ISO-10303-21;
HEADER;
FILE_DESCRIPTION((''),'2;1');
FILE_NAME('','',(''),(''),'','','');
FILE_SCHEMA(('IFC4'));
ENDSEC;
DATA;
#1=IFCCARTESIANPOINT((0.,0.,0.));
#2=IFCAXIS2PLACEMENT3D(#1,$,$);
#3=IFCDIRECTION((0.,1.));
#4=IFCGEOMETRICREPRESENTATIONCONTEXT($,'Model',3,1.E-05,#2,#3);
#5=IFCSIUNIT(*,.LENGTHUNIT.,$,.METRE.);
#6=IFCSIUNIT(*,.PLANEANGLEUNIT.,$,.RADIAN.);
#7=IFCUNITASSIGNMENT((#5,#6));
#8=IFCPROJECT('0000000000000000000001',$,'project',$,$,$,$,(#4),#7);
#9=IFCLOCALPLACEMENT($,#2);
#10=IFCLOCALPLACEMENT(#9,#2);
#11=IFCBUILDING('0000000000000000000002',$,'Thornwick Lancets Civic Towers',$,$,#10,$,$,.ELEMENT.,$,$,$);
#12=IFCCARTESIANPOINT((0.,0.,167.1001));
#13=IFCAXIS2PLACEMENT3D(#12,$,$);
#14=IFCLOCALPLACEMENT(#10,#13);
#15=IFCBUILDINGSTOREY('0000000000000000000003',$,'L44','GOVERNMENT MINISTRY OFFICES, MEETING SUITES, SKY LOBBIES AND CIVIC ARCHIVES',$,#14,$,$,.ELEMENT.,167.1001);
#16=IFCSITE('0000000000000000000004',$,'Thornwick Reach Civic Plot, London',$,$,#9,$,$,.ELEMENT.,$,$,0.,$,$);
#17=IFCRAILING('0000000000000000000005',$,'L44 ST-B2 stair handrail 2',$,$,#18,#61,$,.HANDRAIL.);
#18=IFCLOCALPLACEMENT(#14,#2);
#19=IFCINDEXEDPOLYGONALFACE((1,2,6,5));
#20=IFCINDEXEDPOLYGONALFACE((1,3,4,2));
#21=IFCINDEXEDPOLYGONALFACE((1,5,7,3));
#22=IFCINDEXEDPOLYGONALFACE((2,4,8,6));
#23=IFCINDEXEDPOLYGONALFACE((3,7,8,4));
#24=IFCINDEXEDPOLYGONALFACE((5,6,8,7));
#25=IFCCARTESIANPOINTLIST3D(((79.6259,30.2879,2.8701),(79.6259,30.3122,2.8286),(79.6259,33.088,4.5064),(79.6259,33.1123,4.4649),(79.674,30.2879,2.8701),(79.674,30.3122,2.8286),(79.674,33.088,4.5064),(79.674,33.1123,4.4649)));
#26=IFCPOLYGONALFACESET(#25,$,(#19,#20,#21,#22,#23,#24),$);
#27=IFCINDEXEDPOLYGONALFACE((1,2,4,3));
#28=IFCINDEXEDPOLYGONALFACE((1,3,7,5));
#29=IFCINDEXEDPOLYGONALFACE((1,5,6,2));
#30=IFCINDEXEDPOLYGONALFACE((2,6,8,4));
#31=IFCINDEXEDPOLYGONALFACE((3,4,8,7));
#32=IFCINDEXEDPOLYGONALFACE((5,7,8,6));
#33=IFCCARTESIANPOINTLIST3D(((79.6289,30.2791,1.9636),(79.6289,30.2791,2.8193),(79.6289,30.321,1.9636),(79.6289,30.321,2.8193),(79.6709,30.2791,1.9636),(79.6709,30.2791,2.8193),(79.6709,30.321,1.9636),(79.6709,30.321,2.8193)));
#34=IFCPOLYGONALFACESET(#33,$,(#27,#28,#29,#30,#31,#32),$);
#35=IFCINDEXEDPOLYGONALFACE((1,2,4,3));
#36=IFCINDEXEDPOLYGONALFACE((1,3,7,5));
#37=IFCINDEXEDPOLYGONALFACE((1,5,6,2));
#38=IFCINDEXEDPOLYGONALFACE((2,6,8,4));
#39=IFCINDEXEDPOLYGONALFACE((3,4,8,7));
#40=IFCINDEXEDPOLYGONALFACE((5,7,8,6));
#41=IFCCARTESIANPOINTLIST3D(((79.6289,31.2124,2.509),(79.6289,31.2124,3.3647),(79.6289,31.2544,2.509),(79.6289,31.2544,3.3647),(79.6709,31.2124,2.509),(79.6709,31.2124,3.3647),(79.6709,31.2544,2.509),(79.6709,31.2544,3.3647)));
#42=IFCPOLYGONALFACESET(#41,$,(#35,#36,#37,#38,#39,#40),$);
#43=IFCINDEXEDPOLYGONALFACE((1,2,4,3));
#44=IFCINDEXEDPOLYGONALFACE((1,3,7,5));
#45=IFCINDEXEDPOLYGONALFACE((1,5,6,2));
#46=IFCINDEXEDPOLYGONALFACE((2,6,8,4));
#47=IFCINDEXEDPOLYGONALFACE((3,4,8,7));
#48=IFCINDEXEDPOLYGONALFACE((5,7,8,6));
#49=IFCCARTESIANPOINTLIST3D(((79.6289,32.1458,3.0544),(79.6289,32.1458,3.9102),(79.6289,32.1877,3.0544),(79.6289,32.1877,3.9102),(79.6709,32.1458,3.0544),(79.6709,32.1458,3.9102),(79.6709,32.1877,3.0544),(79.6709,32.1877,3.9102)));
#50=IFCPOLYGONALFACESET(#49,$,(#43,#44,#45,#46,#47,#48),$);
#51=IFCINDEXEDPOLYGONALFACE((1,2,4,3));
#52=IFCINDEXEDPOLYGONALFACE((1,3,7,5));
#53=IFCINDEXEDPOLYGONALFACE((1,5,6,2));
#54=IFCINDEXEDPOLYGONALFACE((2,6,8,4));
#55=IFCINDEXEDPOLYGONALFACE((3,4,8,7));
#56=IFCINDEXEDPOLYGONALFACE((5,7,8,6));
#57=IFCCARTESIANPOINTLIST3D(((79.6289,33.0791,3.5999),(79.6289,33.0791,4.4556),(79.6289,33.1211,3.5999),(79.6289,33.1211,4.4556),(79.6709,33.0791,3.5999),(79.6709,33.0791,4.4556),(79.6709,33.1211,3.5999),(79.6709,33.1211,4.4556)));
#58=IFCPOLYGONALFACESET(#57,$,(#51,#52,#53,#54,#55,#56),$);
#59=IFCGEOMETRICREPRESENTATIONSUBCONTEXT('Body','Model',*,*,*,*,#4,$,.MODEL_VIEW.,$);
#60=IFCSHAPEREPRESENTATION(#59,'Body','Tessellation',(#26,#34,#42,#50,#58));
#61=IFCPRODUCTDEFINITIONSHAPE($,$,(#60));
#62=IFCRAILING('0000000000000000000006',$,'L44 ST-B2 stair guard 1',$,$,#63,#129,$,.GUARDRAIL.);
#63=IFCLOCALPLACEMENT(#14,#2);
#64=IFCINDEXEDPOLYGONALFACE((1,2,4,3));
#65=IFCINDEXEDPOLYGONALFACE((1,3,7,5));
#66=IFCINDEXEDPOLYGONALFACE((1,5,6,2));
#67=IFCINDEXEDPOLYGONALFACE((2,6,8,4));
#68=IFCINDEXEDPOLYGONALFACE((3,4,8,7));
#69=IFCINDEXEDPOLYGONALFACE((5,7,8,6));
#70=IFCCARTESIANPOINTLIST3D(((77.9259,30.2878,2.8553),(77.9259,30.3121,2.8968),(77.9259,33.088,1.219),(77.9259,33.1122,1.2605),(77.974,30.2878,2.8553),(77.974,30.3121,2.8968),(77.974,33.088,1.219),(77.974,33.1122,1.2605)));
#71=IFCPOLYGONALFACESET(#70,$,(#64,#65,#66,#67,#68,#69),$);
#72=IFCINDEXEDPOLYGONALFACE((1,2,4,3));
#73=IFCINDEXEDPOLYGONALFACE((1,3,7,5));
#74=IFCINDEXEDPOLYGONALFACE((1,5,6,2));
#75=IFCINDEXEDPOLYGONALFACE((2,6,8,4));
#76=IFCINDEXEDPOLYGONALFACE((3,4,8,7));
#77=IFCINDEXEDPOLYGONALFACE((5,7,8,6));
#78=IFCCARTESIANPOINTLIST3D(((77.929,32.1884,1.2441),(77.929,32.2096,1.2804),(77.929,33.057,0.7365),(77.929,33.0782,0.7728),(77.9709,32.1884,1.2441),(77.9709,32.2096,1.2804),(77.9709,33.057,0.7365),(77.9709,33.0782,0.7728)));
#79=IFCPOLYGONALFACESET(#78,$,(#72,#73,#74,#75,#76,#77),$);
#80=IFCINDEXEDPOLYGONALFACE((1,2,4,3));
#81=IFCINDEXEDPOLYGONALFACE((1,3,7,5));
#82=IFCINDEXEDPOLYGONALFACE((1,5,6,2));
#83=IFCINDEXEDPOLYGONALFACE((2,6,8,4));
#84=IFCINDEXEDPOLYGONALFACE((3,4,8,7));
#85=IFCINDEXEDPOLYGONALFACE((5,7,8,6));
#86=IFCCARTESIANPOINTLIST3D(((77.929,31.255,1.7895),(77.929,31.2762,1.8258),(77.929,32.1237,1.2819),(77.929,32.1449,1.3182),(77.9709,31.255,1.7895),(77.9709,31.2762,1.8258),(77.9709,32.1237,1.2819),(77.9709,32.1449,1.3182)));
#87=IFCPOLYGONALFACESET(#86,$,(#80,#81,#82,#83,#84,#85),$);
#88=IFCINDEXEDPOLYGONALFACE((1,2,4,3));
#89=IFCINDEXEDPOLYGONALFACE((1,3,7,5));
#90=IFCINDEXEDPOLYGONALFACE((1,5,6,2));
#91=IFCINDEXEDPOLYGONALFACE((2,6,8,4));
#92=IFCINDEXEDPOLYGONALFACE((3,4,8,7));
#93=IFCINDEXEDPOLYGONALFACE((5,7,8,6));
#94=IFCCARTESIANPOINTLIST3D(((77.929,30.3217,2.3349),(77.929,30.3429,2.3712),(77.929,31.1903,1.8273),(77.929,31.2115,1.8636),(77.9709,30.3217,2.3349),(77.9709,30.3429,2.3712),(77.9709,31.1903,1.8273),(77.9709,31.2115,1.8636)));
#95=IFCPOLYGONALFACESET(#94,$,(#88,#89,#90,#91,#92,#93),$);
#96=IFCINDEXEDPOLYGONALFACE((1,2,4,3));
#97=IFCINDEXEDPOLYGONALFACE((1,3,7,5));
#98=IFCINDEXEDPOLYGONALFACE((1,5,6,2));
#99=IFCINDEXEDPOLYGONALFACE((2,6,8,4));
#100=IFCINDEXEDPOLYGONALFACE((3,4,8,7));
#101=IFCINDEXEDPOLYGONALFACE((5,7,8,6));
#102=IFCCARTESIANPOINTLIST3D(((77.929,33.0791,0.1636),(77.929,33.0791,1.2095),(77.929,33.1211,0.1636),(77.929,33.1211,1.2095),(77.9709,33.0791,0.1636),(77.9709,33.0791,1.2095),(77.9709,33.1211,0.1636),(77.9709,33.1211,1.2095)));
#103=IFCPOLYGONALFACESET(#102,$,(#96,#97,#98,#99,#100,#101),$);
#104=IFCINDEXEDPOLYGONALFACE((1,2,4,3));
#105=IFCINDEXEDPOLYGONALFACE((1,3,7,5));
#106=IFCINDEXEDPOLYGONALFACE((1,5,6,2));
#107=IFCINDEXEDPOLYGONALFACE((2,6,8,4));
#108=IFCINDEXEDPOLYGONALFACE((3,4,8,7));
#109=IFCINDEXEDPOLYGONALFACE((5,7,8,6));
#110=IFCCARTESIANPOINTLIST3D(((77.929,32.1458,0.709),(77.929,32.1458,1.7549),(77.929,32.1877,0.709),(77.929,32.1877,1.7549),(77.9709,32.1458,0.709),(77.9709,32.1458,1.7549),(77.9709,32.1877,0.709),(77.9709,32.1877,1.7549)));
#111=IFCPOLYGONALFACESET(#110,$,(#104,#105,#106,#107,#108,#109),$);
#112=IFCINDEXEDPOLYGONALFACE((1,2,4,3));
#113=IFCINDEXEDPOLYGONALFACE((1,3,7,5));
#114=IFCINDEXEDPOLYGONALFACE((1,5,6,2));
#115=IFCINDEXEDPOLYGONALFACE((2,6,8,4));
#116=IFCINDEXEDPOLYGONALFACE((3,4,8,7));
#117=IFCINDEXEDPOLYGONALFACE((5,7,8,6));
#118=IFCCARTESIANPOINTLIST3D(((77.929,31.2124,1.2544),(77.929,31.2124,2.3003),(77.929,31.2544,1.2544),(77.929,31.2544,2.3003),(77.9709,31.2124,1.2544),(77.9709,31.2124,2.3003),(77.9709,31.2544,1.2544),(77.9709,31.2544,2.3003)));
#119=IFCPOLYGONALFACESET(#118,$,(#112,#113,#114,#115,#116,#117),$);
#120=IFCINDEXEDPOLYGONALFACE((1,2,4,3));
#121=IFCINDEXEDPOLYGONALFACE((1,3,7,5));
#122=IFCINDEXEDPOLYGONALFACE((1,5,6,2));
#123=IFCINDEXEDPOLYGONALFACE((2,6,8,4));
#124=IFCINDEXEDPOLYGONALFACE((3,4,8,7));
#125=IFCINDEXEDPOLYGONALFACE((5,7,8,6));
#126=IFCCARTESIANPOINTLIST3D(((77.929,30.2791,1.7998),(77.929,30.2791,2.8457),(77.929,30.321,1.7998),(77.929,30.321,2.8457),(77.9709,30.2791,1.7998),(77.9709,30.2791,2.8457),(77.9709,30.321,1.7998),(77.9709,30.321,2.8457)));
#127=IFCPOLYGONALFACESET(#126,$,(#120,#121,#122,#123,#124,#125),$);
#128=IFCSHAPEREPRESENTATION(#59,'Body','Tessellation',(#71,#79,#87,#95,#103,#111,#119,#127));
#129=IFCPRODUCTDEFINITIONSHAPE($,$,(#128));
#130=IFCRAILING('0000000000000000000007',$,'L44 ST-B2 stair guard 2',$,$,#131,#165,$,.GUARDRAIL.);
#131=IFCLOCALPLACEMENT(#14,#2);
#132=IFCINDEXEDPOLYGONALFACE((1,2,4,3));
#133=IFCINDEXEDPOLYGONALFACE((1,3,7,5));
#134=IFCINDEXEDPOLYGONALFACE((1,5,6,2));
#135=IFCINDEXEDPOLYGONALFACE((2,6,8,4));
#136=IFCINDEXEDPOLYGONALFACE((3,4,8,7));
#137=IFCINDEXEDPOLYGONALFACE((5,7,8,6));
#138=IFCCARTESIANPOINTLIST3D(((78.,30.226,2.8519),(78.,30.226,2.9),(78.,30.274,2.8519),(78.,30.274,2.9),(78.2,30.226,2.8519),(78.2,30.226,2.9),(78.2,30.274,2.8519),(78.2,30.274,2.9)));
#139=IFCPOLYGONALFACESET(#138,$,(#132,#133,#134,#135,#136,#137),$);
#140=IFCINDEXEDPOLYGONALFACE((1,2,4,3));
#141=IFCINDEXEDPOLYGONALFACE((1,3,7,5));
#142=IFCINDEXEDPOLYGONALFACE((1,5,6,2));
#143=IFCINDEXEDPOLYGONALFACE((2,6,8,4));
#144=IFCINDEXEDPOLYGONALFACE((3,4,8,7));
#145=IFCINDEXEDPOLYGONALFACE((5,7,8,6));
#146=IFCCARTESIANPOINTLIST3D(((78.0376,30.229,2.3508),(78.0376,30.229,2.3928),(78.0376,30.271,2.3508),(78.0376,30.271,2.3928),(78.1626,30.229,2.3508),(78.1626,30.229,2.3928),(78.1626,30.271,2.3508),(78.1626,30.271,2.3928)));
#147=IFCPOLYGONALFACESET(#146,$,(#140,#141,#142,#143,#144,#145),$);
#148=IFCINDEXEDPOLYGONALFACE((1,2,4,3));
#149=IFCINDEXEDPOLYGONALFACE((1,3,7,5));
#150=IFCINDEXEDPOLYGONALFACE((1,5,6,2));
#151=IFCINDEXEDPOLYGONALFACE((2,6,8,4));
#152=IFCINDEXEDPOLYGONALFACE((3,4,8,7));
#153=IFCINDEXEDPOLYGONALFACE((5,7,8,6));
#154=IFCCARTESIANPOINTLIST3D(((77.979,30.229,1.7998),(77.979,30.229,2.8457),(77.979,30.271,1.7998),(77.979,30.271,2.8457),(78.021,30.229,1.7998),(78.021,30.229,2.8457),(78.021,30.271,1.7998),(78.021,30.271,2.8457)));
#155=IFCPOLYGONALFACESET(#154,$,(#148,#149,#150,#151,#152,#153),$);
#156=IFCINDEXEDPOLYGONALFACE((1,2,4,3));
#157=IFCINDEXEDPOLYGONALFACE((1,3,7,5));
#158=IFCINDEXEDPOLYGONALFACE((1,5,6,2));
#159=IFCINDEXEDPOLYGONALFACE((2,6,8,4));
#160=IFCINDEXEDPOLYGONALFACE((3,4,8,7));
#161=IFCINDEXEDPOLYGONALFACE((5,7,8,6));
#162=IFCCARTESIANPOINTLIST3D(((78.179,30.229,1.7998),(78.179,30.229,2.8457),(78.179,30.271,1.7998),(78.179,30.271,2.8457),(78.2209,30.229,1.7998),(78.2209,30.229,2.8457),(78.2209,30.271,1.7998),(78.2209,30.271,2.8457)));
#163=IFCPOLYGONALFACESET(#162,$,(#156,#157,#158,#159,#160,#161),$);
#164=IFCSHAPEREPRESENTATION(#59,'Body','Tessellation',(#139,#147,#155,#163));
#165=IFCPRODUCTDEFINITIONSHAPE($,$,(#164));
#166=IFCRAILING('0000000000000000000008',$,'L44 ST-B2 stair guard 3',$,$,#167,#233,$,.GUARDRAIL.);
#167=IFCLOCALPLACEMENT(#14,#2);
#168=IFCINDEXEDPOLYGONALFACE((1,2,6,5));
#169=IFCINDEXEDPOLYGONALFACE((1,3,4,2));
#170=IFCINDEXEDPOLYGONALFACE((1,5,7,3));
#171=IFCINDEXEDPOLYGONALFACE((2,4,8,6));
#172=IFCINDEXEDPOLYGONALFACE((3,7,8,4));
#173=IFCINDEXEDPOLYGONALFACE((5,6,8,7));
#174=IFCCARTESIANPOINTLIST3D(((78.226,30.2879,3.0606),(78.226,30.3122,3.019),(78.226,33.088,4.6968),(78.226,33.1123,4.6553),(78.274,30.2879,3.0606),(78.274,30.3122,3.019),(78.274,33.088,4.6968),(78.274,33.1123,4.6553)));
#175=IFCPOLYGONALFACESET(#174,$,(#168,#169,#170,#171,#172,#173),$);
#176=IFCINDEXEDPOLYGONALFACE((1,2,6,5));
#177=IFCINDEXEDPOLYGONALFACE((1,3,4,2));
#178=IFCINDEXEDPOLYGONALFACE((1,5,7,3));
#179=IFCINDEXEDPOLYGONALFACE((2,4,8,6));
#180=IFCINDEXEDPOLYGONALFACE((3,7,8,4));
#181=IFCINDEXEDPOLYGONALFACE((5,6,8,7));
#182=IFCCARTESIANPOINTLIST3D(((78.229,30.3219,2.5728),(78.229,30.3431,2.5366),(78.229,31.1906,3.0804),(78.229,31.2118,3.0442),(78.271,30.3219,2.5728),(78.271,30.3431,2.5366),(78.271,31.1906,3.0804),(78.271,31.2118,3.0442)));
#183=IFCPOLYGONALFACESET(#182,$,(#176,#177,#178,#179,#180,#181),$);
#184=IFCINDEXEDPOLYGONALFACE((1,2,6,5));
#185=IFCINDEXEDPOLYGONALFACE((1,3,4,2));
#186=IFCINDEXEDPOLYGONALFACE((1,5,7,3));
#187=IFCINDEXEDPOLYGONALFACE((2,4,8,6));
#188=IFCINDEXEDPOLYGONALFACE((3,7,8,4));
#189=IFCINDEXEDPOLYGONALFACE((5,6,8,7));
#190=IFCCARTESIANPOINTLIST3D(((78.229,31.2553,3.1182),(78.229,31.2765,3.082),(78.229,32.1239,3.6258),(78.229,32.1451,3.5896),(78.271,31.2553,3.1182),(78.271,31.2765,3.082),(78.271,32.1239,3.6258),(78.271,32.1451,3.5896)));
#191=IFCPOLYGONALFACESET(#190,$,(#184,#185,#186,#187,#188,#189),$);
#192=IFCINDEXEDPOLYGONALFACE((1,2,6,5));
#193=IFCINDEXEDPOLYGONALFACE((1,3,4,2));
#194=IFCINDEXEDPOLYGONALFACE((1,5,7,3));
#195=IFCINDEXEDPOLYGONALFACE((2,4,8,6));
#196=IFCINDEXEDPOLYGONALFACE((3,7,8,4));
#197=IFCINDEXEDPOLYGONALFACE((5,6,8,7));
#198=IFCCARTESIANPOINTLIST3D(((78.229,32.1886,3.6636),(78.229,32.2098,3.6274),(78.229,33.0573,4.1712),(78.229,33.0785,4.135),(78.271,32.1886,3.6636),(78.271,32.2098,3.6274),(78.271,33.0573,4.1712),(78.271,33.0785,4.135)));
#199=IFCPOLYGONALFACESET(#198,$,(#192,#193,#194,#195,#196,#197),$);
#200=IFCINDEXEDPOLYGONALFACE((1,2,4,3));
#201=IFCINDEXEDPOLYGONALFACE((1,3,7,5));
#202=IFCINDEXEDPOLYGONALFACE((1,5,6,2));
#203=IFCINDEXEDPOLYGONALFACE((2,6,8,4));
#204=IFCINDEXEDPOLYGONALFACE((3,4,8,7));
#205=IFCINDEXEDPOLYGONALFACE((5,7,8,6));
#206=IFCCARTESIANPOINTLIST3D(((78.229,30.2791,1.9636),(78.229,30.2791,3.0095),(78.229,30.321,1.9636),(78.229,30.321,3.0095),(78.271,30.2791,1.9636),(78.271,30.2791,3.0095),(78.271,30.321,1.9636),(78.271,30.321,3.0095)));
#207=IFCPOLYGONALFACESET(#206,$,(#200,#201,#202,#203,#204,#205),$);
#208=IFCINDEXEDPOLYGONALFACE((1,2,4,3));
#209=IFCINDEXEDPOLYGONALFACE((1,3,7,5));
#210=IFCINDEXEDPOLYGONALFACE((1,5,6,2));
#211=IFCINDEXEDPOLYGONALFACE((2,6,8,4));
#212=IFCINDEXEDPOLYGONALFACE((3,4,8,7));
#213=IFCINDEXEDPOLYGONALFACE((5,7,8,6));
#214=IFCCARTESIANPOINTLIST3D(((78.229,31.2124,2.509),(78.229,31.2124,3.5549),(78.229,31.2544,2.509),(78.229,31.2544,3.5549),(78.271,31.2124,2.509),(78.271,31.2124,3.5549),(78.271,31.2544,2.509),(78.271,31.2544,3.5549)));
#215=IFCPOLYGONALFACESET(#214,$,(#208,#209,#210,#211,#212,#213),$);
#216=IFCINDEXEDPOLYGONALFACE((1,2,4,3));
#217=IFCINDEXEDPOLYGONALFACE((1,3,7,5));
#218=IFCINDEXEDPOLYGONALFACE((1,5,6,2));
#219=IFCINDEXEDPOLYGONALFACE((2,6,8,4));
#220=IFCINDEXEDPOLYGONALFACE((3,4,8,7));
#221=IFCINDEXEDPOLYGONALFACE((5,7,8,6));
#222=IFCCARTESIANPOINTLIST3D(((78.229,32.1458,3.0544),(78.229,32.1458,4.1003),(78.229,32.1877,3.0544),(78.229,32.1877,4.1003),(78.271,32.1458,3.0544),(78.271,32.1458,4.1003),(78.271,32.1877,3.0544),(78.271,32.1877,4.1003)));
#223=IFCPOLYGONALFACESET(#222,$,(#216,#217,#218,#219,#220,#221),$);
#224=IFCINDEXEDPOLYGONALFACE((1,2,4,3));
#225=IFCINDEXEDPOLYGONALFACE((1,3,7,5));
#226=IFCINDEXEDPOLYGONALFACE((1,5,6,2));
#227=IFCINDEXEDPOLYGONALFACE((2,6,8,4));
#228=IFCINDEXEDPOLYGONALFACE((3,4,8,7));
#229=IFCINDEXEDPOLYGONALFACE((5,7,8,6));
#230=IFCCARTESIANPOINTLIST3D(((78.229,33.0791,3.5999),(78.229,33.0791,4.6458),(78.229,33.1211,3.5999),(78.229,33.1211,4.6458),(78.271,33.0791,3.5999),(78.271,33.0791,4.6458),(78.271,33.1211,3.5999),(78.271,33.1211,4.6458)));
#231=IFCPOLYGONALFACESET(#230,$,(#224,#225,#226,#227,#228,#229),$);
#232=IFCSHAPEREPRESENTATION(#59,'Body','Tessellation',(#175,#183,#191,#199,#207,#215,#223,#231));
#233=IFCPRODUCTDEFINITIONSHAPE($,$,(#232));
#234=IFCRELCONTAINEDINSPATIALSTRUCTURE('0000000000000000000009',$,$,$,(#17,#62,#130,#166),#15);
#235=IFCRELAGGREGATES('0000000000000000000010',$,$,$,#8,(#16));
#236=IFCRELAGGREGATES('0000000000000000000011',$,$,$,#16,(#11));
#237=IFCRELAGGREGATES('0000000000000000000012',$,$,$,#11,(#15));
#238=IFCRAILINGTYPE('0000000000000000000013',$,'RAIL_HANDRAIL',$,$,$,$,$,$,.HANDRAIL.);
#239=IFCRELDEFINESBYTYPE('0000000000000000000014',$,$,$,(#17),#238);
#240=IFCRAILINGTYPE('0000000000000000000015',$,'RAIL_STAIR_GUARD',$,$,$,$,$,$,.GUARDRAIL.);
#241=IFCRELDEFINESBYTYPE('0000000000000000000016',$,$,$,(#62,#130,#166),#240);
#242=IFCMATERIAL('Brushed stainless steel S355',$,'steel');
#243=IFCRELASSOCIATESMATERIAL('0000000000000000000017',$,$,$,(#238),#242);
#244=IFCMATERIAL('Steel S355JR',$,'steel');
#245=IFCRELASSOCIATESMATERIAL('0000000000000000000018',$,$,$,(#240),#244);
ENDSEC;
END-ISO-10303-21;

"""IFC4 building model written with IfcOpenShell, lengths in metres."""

from ifc_helpers import new_model, si_unit, direction, frame, origin, origin_2d, place, context, subcontext, project, spatial, rectangle, extrude, material, type_object, element, save


model = new_model("IFC4")

# Units and contexts
model_context = context("Model", 3, precision=1e-05, world=origin(), true_north=direction((0.0, 1.0)))
body_context = subcontext(model_context, "Body", "Model", "MODEL_VIEW")
ifc_project = project(units=[si_unit("LENGTHUNIT", "METRE"), si_unit("PLANEANGLEUNIT", "RADIAN")], contexts=[model_context])

# Site, building, storey
site_placement = place(None, origin())
site = spatial("IfcSite", under=ifc_project, at=site_placement, Name="Thornwick Reach Civic Plot, London", CompositionType="ELEMENT", RefElevation=0.0)
building_placement = place(site_placement, origin())
building = spatial("IfcBuilding", under=site, at=building_placement, Name="Thornwick Lancets Civic Towers", CompositionType="ELEMENT")
storey_placement = place(building_placement, frame((0.0, 0.0, 167.1001)))
storey = spatial("IfcBuildingStorey", under=building, at=storey_placement, Name="L44", Description="GOVERNMENT MINISTRY OFFICES, MEETING SUITES, SKY LOBBIES AND CIVIC ARCHIVES", CompositionType="ELEMENT", Elevation=167.1001)

# Shared definitions
ifc_material_1 = material(Name="Steel S355JR", Category="steel")

# Railings
ifc_material_2 = material(Name="Brushed stainless steel S355", Category="steel")
railing_type_1 = type_object("IfcRailingType", Name="RAIL_HANDRAIL", PredefinedType="HANDRAIL", material=ifc_material_2)
railing_1_placement = place(storey_placement, frame((79.6499, 30.3, 1.9636)))
element("IfcRailing", 1, at=railing_1_placement, inside=storey, type_object=railing_type_1, Name="L44 ST-B2 stair handrail 2", PredefinedType="HANDRAIL", context=body_context, shape_type="SweptSolid", body=[
    extrude(rectangle(XDim=0.0481, YDim=0.0481, at=origin_2d()), frame((0.0, 0.0, 0.8857), z_axis=(0.0, 0.863394, 0.504531), x_axis=(-1.0, 0.0, 0.0)), (0.0, 0.0, 1.0), 3.2432),
    extrude(rectangle(XDim=0.042, YDim=0.042, at=origin_2d()), origin(), (0.0, 0.0, 1.0), 0.8557),
    extrude(rectangle(XDim=0.042, YDim=0.042, at=origin_2d()), frame((0.0, 0.9333, 0.5454)), (0.0, 0.0, 1.0), 0.8557),
    extrude(rectangle(XDim=0.042, YDim=0.042, at=origin_2d()), frame((0.0, 1.8667, 1.0908)), (0.0, 0.0, 1.0), 0.8557),
    extrude(rectangle(XDim=0.042, YDim=0.042, at=origin_2d()), frame((0.0, 2.8, 1.6362)), (0.0, 0.0, 1.0), 0.8557),
])
railing_type_2 = type_object("IfcRailingType", Name="RAIL_STAIR_GUARD", PredefinedType="GUARDRAIL", material=ifc_material_1)
railing_2_placement = place(storey_placement, frame((77.95, 33.1001, 0.1636)))
element("IfcRailing", 2, at=railing_2_placement, inside=storey, type_object=railing_type_2, Name="L44 ST-B2 stair guard 1", PredefinedType="GUARDRAIL", context=body_context, shape_type="SweptSolid", body=[
    extrude(rectangle(XDim=0.0481, YDim=0.0481, at=origin_2d()), frame((0.0, 0.0, 1.0762), z_axis=(0.0, -0.863394, 0.504531), x_axis=(1.0, 0.0, 0.0)), (0.0, 0.0, 1.0), 3.2432),
    extrude(rectangle(XDim=0.042, YDim=0.042, at=origin_2d()), frame((0.0, -0.0325, 0.5911), z_axis=(0.0, -0.863394, 0.504531), x_axis=(1.0, 0.0, 0.0)), (0.0, 0.0, 1.0), 1.0061),
    extrude(rectangle(XDim=0.042, YDim=0.042, at=origin_2d()), frame((0.0, -0.9658, 1.1365), z_axis=(0.0, -0.863394, 0.504531), x_axis=(1.0, 0.0, 0.0)), (0.0, 0.0, 1.0), 1.0061),
    extrude(rectangle(XDim=0.042, YDim=0.042, at=origin_2d()), frame((0.0, -1.8992, 1.6819), z_axis=(0.0, -0.863394, 0.504531), x_axis=(1.0, 0.0, 0.0)), (0.0, 0.0, 1.0), 1.0061),
    extrude(rectangle(XDim=0.042, YDim=0.042, at=origin_2d()), origin(), (0.0, 0.0, 1.0), 1.0459),
    extrude(rectangle(XDim=0.042, YDim=0.042, at=origin_2d()), frame((0.0, -0.9333, 0.5454)), (0.0, 0.0, 1.0), 1.0459),
    extrude(rectangle(XDim=0.042, YDim=0.042, at=origin_2d()), frame((0.0, -1.8667, 1.0908)), (0.0, 0.0, 1.0), 1.0459),
    extrude(rectangle(XDim=0.042, YDim=0.042, at=origin_2d()), frame((0.0, -2.8, 1.6362)), (0.0, 0.0, 1.0), 1.0459),
])
railing_3_placement = place(storey_placement, frame((78.0, 30.25, 1.7998)))
element("IfcRailing", 3, at=railing_3_placement, inside=storey, type_object=railing_type_2, Name="L44 ST-B2 stair guard 2", PredefinedType="GUARDRAIL", context=body_context, shape_type="SweptSolid", body=[
    extrude(rectangle(XDim=0.0481, YDim=0.0481, at=origin_2d()), frame((0.0, 0.0, 1.0762), z_axis=(1.0, 0.0, 0.0), x_axis=(0.0, 1.0, 0.0)), (0.0, 0.0, 1.0), 0.2),
    extrude(rectangle(XDim=0.042, YDim=0.042, at=origin_2d()), frame((0.0376, 0.0, 0.572), z_axis=(1.0, 0.0, 0.0), x_axis=(0.0, 1.0, 0.0)), (0.0, 0.0, 1.0), 0.125),
    extrude(rectangle(XDim=0.042, YDim=0.042, at=origin_2d()), origin(), (0.0, 0.0, 1.0), 1.0459),
    extrude(rectangle(XDim=0.042, YDim=0.042, at=origin_2d()), frame((0.2, 0.0, 0.0)), (0.0, 0.0, 1.0), 1.0459),
])
railing_4_placement = place(storey_placement, frame((78.25, 30.3, 1.9636)))
element("IfcRailing", 4, at=railing_4_placement, inside=storey, type_object=railing_type_2, Name="L44 ST-B2 stair guard 3", PredefinedType="GUARDRAIL", context=body_context, shape_type="SweptSolid", body=[
    extrude(rectangle(XDim=0.0481, YDim=0.0481, at=origin_2d()), frame((0.0, 0.0, 1.0762), z_axis=(0.0, 0.863394, 0.504531), x_axis=(-1.0, 0.0, 0.0)), (0.0, 0.0, 1.0), 3.2432),
    extrude(rectangle(XDim=0.042, YDim=0.042, at=origin_2d()), frame((0.0, 0.0325, 0.5911), z_axis=(0.0, 0.863394, 0.504531), x_axis=(-1.0, 0.0, 0.0)), (0.0, 0.0, 1.0), 1.0061),
    extrude(rectangle(XDim=0.042, YDim=0.042, at=origin_2d()), frame((0.0, 0.9658, 1.1365), z_axis=(0.0, 0.863394, 0.504531), x_axis=(-1.0, 0.0, 0.0)), (0.0, 0.0, 1.0), 1.0061),
    extrude(rectangle(XDim=0.042, YDim=0.042, at=origin_2d()), frame((0.0, 1.8992, 1.6819), z_axis=(0.0, 0.863394, 0.504531), x_axis=(-1.0, 0.0, 0.0)), (0.0, 0.0, 1.0), 1.0061),
    extrude(rectangle(XDim=0.042, YDim=0.042, at=origin_2d()), origin(), (0.0, 0.0, 1.0), 1.0459),
    extrude(rectangle(XDim=0.042, YDim=0.042, at=origin_2d()), frame((0.0, 0.9333, 0.5454)), (0.0, 0.0, 1.0), 1.0459),
    extrude(rectangle(XDim=0.042, YDim=0.042, at=origin_2d()), frame((0.0, 1.8667, 1.0908)), (0.0, 0.0, 1.0), 1.0459),
    extrude(rectangle(XDim=0.042, YDim=0.042, at=origin_2d()), frame((0.0, 2.8, 1.6362)), (0.0, 0.0, 1.0), 1.0459),
])

save(model, "model.ifc")
